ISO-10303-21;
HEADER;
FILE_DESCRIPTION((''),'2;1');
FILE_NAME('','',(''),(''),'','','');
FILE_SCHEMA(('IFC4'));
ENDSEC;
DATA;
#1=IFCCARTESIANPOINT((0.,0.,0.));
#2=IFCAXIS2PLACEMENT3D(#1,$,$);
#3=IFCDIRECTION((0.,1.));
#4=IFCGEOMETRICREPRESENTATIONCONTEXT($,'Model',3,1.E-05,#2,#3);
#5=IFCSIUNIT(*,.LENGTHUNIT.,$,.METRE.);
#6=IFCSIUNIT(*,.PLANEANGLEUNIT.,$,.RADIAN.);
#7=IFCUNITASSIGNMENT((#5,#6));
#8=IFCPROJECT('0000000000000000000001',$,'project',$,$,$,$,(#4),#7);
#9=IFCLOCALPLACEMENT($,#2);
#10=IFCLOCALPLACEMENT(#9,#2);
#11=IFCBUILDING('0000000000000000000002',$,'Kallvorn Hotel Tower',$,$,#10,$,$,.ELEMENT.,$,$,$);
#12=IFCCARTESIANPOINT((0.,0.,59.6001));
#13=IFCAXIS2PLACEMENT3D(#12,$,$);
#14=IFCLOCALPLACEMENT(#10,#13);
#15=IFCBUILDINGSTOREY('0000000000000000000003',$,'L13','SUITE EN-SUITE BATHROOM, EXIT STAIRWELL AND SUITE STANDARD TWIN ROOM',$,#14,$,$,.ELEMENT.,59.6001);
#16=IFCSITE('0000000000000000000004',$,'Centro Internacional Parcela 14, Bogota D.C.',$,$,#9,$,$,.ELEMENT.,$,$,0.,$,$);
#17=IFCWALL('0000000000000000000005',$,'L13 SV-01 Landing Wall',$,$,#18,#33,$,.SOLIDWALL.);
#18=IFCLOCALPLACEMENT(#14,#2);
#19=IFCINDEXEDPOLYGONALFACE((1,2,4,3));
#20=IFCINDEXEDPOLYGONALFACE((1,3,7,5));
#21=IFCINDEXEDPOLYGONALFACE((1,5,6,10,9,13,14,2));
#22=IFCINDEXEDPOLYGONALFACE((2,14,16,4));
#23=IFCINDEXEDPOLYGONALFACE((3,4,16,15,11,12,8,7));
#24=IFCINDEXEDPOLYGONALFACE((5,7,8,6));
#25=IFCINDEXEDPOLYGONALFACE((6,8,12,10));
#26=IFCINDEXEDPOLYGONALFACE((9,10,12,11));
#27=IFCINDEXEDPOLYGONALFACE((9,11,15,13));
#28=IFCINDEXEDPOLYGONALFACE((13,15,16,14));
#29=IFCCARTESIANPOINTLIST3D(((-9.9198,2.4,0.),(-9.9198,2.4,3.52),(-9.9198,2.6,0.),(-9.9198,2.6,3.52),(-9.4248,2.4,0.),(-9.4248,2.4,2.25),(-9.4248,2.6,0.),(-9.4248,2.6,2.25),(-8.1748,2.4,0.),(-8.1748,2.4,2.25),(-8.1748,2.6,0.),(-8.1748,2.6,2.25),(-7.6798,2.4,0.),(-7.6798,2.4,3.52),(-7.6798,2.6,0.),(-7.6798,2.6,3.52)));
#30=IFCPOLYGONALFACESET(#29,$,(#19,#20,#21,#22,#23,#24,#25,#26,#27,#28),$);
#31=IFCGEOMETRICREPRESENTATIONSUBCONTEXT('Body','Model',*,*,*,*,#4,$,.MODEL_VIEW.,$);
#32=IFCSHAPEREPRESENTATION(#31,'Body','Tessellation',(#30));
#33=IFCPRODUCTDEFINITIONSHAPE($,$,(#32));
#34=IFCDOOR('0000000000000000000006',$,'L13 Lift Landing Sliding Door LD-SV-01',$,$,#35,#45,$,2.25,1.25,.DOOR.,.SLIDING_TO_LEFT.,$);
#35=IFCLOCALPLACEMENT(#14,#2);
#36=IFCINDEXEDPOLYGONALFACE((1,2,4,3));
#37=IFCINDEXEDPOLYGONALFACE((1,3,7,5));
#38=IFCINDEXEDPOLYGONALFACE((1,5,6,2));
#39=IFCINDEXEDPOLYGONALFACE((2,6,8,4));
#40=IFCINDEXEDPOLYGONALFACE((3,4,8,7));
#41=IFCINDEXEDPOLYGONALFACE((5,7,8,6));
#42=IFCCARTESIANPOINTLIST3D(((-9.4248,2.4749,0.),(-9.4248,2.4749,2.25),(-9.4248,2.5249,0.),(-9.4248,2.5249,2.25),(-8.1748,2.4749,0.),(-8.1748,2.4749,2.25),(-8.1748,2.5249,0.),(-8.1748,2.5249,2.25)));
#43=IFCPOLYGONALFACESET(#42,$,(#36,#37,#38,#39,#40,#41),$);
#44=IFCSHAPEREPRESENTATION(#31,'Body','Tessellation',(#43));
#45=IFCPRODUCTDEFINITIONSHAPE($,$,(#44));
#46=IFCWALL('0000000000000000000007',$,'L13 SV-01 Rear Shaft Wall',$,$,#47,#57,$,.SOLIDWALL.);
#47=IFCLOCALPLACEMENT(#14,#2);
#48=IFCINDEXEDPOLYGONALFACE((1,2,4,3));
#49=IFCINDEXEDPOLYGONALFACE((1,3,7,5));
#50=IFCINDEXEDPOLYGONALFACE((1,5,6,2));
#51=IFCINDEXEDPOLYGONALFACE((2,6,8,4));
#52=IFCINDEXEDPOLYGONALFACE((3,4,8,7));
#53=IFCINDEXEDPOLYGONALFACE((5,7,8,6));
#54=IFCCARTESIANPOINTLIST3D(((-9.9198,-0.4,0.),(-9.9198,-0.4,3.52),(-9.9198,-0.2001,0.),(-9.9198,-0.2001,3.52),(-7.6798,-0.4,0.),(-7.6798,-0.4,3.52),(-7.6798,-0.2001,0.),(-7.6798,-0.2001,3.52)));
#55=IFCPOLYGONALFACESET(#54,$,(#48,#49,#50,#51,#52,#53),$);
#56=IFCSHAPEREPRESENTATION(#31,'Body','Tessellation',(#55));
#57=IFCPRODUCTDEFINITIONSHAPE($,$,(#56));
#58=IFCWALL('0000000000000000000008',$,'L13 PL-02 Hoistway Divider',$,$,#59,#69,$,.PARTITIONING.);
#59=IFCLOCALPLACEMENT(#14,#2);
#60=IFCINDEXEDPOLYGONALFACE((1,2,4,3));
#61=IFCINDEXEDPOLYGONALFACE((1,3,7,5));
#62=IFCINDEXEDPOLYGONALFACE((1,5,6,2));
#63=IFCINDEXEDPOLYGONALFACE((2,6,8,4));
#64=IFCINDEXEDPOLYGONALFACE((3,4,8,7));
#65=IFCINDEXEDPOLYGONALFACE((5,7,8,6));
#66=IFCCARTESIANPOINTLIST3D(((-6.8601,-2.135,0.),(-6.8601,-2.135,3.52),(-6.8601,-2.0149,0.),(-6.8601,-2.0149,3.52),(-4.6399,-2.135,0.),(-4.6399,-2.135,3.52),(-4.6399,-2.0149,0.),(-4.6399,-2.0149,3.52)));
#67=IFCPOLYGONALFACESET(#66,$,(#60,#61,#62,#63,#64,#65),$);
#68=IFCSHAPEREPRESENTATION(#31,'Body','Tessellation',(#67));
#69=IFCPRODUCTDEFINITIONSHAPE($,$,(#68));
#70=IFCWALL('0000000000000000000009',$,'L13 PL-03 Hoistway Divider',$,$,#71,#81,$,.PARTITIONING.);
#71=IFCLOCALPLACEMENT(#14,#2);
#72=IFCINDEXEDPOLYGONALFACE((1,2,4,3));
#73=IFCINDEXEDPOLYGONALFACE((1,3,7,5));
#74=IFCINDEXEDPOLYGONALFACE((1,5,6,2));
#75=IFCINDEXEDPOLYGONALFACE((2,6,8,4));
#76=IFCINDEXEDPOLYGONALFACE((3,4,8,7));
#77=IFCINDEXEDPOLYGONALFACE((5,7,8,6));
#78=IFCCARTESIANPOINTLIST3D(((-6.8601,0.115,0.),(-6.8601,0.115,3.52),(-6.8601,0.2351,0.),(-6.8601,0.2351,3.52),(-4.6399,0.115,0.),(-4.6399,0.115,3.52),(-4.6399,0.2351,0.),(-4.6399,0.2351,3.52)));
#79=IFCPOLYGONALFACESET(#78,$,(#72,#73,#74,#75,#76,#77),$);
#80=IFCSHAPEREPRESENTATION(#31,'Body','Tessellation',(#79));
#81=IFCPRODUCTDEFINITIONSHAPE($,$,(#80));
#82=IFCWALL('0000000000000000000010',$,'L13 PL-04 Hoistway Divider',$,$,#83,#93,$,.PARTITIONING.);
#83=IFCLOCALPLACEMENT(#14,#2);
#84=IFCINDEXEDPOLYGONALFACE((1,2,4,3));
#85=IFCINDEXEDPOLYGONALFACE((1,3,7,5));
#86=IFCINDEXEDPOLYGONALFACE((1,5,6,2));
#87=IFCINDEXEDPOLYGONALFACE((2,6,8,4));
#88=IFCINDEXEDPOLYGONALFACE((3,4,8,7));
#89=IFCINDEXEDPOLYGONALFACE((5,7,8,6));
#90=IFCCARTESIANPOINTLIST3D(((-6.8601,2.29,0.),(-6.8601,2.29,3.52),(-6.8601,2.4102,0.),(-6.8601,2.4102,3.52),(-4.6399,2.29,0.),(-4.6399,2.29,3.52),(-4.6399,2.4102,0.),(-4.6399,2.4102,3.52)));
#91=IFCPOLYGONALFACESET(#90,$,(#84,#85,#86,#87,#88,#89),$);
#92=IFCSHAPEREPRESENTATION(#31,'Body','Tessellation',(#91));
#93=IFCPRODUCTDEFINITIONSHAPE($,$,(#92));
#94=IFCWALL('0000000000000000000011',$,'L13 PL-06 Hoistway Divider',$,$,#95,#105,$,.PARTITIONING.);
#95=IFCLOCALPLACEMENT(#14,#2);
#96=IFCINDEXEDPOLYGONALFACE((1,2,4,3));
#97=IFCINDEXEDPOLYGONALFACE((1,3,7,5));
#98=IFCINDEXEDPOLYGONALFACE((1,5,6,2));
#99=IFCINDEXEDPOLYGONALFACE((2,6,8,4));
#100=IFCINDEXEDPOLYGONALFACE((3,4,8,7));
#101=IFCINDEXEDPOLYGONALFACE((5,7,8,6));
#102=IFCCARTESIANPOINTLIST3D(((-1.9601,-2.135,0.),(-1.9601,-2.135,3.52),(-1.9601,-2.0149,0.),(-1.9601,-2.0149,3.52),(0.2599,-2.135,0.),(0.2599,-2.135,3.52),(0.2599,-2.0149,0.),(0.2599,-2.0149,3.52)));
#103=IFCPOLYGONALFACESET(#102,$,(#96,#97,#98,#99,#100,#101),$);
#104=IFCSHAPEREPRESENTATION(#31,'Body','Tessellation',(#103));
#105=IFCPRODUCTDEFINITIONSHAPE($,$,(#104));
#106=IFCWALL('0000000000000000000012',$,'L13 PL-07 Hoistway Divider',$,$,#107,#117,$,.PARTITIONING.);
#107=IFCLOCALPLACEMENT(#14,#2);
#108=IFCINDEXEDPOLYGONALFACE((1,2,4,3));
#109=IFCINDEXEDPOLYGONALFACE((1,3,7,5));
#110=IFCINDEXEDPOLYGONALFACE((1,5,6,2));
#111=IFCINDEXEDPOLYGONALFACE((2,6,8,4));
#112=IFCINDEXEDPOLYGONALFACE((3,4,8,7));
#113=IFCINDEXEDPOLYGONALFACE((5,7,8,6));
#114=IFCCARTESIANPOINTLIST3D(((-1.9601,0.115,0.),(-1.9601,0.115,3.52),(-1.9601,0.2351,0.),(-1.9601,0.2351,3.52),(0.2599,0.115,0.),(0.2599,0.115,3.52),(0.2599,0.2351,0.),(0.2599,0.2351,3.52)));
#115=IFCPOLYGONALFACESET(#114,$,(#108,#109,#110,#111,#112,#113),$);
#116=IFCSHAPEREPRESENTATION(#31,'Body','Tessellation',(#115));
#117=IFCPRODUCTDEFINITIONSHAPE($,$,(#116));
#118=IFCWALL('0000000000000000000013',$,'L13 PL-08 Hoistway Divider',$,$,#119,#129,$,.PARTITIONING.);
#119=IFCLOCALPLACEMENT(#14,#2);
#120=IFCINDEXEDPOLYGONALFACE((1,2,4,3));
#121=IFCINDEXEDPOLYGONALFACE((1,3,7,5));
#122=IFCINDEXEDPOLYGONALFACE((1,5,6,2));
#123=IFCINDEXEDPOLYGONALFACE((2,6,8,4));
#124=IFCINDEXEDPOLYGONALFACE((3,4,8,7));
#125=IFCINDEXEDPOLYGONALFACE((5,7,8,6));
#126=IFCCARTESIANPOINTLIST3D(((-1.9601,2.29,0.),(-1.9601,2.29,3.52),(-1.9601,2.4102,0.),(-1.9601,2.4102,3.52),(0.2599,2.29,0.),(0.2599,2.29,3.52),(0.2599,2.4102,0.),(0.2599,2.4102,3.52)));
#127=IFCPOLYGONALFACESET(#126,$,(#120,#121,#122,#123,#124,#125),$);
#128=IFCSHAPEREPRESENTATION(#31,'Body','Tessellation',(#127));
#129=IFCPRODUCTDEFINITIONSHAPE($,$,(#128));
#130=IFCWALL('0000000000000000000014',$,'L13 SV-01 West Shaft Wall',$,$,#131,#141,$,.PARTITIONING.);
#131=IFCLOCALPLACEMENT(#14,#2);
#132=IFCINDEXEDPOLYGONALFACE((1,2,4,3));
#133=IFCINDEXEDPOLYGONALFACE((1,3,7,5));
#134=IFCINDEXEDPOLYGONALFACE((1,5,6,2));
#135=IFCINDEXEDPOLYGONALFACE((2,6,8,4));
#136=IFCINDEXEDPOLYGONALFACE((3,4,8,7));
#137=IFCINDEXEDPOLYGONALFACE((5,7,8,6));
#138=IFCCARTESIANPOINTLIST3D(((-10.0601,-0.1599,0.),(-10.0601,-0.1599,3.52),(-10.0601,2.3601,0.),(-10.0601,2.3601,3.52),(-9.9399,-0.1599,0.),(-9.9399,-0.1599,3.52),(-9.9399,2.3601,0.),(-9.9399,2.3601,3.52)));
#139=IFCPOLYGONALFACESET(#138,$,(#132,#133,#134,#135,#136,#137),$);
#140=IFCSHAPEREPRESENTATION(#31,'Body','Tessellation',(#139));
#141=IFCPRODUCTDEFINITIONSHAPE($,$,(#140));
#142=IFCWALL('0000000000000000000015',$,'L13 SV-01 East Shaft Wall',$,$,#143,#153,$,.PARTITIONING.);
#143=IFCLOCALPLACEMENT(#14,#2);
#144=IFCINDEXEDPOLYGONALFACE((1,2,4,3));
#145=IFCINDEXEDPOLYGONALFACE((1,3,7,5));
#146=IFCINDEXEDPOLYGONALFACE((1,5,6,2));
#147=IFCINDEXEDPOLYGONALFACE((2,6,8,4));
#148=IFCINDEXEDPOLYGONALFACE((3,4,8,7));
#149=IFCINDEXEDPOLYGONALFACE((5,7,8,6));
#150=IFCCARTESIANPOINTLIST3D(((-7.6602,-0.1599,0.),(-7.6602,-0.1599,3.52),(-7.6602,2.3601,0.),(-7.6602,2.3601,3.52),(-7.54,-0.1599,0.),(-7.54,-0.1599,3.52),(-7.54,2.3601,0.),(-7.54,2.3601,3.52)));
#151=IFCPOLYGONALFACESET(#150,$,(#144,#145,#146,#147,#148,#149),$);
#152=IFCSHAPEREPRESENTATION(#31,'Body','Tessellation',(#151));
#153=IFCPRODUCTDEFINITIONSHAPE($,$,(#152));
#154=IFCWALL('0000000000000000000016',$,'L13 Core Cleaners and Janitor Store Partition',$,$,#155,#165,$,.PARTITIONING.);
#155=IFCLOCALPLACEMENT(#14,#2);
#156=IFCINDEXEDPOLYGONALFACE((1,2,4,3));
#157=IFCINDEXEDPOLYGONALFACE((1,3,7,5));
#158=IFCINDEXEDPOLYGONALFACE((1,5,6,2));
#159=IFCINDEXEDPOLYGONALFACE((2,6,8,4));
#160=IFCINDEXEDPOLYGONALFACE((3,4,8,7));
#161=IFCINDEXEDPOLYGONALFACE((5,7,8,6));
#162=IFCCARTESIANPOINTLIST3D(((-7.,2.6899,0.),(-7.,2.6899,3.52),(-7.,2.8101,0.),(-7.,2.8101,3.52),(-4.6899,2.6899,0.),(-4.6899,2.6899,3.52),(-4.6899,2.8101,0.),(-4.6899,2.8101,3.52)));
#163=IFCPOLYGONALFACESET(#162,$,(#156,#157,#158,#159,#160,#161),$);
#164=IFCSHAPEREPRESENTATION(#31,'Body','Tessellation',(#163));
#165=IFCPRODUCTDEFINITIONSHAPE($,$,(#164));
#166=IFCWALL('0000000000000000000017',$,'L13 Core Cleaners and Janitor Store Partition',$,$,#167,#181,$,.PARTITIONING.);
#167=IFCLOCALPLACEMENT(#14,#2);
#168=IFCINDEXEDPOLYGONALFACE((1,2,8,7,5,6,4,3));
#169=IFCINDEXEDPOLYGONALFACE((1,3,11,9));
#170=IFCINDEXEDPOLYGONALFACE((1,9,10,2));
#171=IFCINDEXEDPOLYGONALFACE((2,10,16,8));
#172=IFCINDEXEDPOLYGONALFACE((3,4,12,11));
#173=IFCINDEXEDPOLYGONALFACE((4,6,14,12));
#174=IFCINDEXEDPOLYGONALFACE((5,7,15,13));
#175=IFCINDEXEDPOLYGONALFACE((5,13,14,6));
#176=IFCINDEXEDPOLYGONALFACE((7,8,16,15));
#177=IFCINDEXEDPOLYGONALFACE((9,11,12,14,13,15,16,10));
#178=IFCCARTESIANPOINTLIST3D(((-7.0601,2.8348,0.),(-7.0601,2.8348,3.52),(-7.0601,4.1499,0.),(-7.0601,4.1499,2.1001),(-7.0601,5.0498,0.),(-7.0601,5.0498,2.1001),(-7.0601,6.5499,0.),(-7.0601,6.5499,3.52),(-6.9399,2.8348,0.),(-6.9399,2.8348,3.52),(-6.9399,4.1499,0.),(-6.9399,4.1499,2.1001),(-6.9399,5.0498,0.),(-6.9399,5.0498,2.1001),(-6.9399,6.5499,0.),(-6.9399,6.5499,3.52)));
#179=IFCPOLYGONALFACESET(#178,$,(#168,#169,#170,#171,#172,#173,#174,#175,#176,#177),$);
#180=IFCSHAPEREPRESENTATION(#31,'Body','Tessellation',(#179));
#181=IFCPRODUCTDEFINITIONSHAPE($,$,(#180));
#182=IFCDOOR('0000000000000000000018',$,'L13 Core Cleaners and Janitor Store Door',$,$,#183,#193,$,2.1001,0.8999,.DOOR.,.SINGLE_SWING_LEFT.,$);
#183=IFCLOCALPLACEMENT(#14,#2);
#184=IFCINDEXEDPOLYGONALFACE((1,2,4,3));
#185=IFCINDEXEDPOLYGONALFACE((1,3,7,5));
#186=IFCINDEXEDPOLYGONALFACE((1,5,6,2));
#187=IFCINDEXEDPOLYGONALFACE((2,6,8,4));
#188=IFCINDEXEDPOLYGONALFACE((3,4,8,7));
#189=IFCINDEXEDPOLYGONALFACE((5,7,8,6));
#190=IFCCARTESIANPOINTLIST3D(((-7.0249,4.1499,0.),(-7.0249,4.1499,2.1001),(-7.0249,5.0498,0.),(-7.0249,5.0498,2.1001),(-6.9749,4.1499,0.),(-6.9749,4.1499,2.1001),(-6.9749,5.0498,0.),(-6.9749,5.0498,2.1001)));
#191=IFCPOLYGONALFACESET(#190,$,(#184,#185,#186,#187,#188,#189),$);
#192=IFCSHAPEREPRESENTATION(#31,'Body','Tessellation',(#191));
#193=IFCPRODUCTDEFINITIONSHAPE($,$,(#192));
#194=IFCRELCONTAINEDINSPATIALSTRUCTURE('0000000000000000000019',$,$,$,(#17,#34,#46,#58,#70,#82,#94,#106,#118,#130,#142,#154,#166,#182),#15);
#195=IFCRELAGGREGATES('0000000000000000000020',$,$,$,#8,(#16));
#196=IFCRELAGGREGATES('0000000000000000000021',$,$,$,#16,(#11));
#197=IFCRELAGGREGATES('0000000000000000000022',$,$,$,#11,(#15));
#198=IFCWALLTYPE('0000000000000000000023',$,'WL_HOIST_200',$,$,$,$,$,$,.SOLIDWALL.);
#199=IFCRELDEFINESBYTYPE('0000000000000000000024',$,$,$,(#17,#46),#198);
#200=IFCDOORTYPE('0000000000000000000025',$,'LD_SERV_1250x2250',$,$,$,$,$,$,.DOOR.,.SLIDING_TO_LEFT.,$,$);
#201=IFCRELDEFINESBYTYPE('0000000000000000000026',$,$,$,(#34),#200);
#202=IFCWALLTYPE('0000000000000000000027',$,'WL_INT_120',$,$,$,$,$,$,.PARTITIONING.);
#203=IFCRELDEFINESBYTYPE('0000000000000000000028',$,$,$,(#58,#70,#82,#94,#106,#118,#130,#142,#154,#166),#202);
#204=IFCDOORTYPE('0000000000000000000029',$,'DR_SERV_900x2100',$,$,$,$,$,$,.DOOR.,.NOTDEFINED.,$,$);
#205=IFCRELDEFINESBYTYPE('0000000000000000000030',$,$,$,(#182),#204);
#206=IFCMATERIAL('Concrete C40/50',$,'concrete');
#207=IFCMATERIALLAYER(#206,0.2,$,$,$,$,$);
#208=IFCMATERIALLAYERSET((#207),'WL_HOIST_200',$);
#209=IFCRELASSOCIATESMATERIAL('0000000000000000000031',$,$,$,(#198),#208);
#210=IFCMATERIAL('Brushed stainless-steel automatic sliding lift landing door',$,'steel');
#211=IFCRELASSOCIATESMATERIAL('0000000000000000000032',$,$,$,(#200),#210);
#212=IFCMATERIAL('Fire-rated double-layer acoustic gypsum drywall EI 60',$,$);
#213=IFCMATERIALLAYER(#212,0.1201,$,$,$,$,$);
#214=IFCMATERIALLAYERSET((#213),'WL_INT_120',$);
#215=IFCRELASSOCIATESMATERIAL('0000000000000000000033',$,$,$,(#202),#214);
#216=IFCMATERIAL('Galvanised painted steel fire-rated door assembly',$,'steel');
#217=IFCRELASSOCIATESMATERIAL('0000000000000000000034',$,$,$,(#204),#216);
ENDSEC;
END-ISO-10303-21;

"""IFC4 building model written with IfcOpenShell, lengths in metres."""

from ifc_helpers import new_model, si_unit, direction, frame, frame_2d, origin, place, context, subcontext, project, spatial, rectangle, extrude, material, layer, layer_set, type_object, element, fill, save


model = new_model("IFC4")

# Units and contexts
model_context = context("Model", 3, precision=1e-05, world=origin(), true_north=direction((0.0, 1.0)))
body_context = subcontext(model_context, "Body", "Model", "MODEL_VIEW")
ifc_project = project(units=[si_unit("LENGTHUNIT", "METRE"), si_unit("PLANEANGLEUNIT", "RADIAN")], contexts=[model_context])

# Site, building, storey
site_placement = place(None, origin())
site = spatial("IfcSite", under=ifc_project, at=site_placement, Name="Centro Internacional Parcela 14, Bogota D.C.", CompositionType="ELEMENT", RefElevation=0.0)
building_placement = place(site_placement, origin())
building = spatial("IfcBuilding", under=site, at=building_placement, Name="Kallvorn Hotel Tower", CompositionType="ELEMENT")
storey_placement = place(building_placement, frame((0.0, 0.0, 59.6001)))
storey = spatial("IfcBuildingStorey", under=building, at=storey_placement, Name="L13", Description="SUITE EN-SUITE BATHROOM, EXIT STAIRWELL AND SUITE STANDARD TWIN ROOM", CompositionType="ELEMENT", Elevation=59.6001)

# Shared definitions
ifc_material_1 = material(Name="Concrete C40/50", Category="concrete")
ifc_layer_1 = layer(ifc_material_1, 0.2)
ifc_layer_set_1 = layer_set([ifc_layer_1], Name="WL_HOIST_200")
wall_type_1 = type_object("IfcWallType", Name="WL_HOIST_200", PredefinedType="SOLIDWALL", material=ifc_layer_set_1)

# Wall, opening, door
wall_1_placement = place(storey_placement, frame((-9.9199, 2.5, 0.0), z_axis=(0.0, 0.0, 1.0), x_axis=(1.0, 0.0, 0.0)))
wall_1 = element("IfcWall", 1, at=wall_1_placement, inside=storey, type_object=wall_type_1, Name="L13 SV-01 Landing Wall", PredefinedType="SOLIDWALL", context=body_context, shape_type="SweptSolid", body=[
    extrude(rectangle(XDim=2.24, YDim=0.2, at=frame_2d((1.1201, 0.0))), origin(), (0.0, 0.0, 1.0), 3.52),
])
opening_1_placement = place(wall_1_placement, frame((0.4951, 0.0, 0.0)))
opening_1 = element("IfcOpeningElement", 2, at=opening_1_placement, cuts=wall_1, PredefinedType="OPENING", context=body_context, shape_type="SweptSolid", body=[
    extrude(rectangle(XDim=1.25, YDim=2.25, at=frame_2d((0.625, 1.125))), frame((0.0, 0.115, 0.0), z_axis=(0.0, -1.0, 0.0), x_axis=(1.0, 0.0, 0.0)), (0.0, 0.0, 1.0), 0.23),
])
ifc_material_2 = material(Name="Brushed stainless-steel automatic sliding lift landing door", Category="steel")
door_type_1 = type_object("IfcDoorType", Name="LD_SERV_1250x2250", OperationType="SLIDING_TO_LEFT", PredefinedType="DOOR", material=ifc_material_2)
door_1_placement = place(opening_1_placement, origin())
door_1 = element("IfcDoor", 3, at=door_1_placement, inside=storey, type_object=door_type_1, Name="L13 Lift Landing Sliding Door LD-SV-01", OperationType="SLIDING_TO_LEFT", OverallHeight=2.25, OverallWidth=1.25, PredefinedType="DOOR", context=body_context, shape_type="SweptSolid", body=[
    extrude(rectangle(XDim=1.25, YDim=2.25, at=frame_2d((0.625, 1.125))), frame((0.0, 0.0249, 0.0), z_axis=(0.0, -1.0, 0.0), x_axis=(1.0, 0.0, 0.0)), (0.0, 0.0, 1.0), 0.05),
])
fill(opening_1, door_1)

# Walls
wall_2_placement = place(storey_placement, frame((-9.9199, -0.3, 0.0), z_axis=(0.0, 0.0, 1.0), x_axis=(1.0, 0.0, 0.0)))
element("IfcWall", 4, at=wall_2_placement, inside=storey, type_object=wall_type_1, Name="L13 SV-01 Rear Shaft Wall", PredefinedType="SOLIDWALL", context=body_context, shape_type="SweptSolid", body=[
    extrude(rectangle(XDim=2.24, YDim=0.2, at=frame_2d((1.1201, 0.0))), origin(), (0.0, 0.0, 1.0), 3.52),
])
ifc_material_3 = material(Name="Fire-rated double-layer acoustic gypsum drywall EI 60")
ifc_layer_2 = layer(ifc_material_3, 0.1201)
ifc_layer_set_2 = layer_set([ifc_layer_2], Name="WL_INT_120")
wall_type_2 = type_object("IfcWallType", Name="WL_INT_120", PredefinedType="PARTITIONING", material=ifc_layer_set_2)
for number, where, z_axis, x_axis, name in (
    (5, (-6.8601, -2.075, 0.0), (0.0, 0.0, 1.0), (1.0, 0.0, 0.0), "L13 PL-02 Hoistway Divider"),
    (6, (-6.8601, 0.175, 0.0), (0.0, 0.0, 1.0), (1.0, 0.0, 0.0), "L13 PL-03 Hoistway Divider"),
    (7, (-6.8601, 2.3501, 0.0), (0.0, 0.0, 1.0), (1.0, 0.0, 0.0), "L13 PL-04 Hoistway Divider"),
):
    element("IfcWall", number, at=place(storey_placement, frame(where, z_axis=z_axis, x_axis=x_axis)), inside=storey, type_object=wall_type_2, Name=name, PredefinedType="PARTITIONING", context=body_context, shape_type="SweptSolid", body=[
        extrude(rectangle(XDim=2.2202, YDim=0.1201, at=frame_2d((1.1101, 0.0))), origin(), (0.0, 0.0, 1.0), 3.52),
    ])
for number, where, z_axis, x_axis, name in (
    (8, (-1.96, -2.075, 0.0), (0.0, 0.0, 1.0), (1.0, 0.0, 0.0), "L13 PL-06 Hoistway Divider"),
    (9, (-1.96, 0.175, 0.0), (0.0, 0.0, 1.0), (1.0, 0.0, 0.0), "L13 PL-07 Hoistway Divider"),
    (10, (-1.96, 2.3501, 0.0), (0.0, 0.0, 1.0), (1.0, 0.0, 0.0), "L13 PL-08 Hoistway Divider"),
):
    element("IfcWall", number, at=place(storey_placement, frame(where, z_axis=z_axis, x_axis=x_axis)), inside=storey, type_object=wall_type_2, Name=name, PredefinedType="PARTITIONING", context=body_context, shape_type="SweptSolid", body=[
        extrude(rectangle(XDim=2.22, YDim=0.1201, at=frame_2d((1.1099, 0.0))), origin(), (0.0, 0.0, 1.0), 3.52),
    ])
for number, where, z_axis, x_axis, name in (
    (11, (-10.0, -0.1599, 0.0), (0.0, 0.0, 1.0), (0.0, 1.0, 0.0), "L13 SV-01 West Shaft Wall"),
    (12, (-7.6001, -0.1599, 0.0), (0.0, 0.0, 1.0), (0.0, 1.0, 0.0), "L13 SV-01 East Shaft Wall"),
):
    element("IfcWall", number, at=place(storey_placement, frame(where, z_axis=z_axis, x_axis=x_axis)), inside=storey, type_object=wall_type_2, Name=name, PredefinedType="PARTITIONING", context=body_context, shape_type="SweptSolid", body=[
        extrude(rectangle(XDim=2.52, YDim=0.1201, at=frame_2d((1.26, 0.0))), origin(), (0.0, 0.0, 1.0), 3.52),
    ])
wall_3_placement = place(storey_placement, frame((-7.0, 2.75, 0.0), z_axis=(0.0, 0.0, 1.0), x_axis=(1.0, 0.0, 0.0)))
element("IfcWall", 13, at=wall_3_placement, inside=storey, type_object=wall_type_2, Name="L13 Core Cleaners and Janitor Store Partition", PredefinedType="PARTITIONING", context=body_context, shape_type="SweptSolid", body=[
    extrude(rectangle(XDim=2.3101, YDim=0.1201, at=frame_2d((1.155, 0.0))), origin(), (0.0, 0.0, 1.0), 3.52),
])

# Wall, opening, door
wall_4_placement = place(storey_placement, frame((-7.0, 2.835, 0.0), z_axis=(0.0, 0.0, 1.0), x_axis=(0.0, 1.0, 0.0)))
wall_4 = element("IfcWall", 14, at=wall_4_placement, inside=storey, type_object=wall_type_2, Name="L13 Core Cleaners and Janitor Store Partition", PredefinedType="PARTITIONING", context=body_context, shape_type="SweptSolid", body=[
    extrude(rectangle(XDim=3.7151, YDim=0.1201, at=frame_2d((1.8574, 0.0))), origin(), (0.0, 0.0, 1.0), 3.52),
])
opening_2_placement = place(wall_4_placement, frame((1.3149, 0.0, 0.0)))
opening_2 = element("IfcOpeningElement", 15, at=opening_2_placement, cuts=wall_4, PredefinedType="OPENING", context=body_context, shape_type="SweptSolid", body=[
    extrude(rectangle(XDim=0.8999, YDim=2.1001, at=frame_2d((0.45, 1.05))), frame((0.0, 0.075, 0.0), z_axis=(0.0, -1.0, 0.0), x_axis=(1.0, 0.0, 0.0)), (0.0, 0.0, 1.0), 0.1501),
])
ifc_material_4 = material(Name="Galvanised painted steel fire-rated door assembly", Category="steel")
door_type_2 = type_object("IfcDoorType", Name="DR_SERV_900x2100", OperationType="NOTDEFINED", PredefinedType="DOOR", material=ifc_material_4)
door_2_placement = place(opening_2_placement, origin())
door_2 = element("IfcDoor", 16, at=door_2_placement, inside=storey, type_object=door_type_2, Name="L13 Core Cleaners and Janitor Store Door", OperationType="SINGLE_SWING_LEFT", OverallHeight=2.1001, OverallWidth=0.8999, PredefinedType="DOOR", context=body_context, shape_type="SweptSolid", body=[
    extrude(rectangle(XDim=0.8999, YDim=2.1001, at=frame_2d((0.45, 1.05))), frame((0.0, 0.0249, 0.0), z_axis=(0.0, -1.0, 0.0), x_axis=(1.0, 0.0, 0.0)), (0.0, 0.0, 1.0), 0.05),
])
fill(opening_2, door_2)

save(model, "model.ifc")
